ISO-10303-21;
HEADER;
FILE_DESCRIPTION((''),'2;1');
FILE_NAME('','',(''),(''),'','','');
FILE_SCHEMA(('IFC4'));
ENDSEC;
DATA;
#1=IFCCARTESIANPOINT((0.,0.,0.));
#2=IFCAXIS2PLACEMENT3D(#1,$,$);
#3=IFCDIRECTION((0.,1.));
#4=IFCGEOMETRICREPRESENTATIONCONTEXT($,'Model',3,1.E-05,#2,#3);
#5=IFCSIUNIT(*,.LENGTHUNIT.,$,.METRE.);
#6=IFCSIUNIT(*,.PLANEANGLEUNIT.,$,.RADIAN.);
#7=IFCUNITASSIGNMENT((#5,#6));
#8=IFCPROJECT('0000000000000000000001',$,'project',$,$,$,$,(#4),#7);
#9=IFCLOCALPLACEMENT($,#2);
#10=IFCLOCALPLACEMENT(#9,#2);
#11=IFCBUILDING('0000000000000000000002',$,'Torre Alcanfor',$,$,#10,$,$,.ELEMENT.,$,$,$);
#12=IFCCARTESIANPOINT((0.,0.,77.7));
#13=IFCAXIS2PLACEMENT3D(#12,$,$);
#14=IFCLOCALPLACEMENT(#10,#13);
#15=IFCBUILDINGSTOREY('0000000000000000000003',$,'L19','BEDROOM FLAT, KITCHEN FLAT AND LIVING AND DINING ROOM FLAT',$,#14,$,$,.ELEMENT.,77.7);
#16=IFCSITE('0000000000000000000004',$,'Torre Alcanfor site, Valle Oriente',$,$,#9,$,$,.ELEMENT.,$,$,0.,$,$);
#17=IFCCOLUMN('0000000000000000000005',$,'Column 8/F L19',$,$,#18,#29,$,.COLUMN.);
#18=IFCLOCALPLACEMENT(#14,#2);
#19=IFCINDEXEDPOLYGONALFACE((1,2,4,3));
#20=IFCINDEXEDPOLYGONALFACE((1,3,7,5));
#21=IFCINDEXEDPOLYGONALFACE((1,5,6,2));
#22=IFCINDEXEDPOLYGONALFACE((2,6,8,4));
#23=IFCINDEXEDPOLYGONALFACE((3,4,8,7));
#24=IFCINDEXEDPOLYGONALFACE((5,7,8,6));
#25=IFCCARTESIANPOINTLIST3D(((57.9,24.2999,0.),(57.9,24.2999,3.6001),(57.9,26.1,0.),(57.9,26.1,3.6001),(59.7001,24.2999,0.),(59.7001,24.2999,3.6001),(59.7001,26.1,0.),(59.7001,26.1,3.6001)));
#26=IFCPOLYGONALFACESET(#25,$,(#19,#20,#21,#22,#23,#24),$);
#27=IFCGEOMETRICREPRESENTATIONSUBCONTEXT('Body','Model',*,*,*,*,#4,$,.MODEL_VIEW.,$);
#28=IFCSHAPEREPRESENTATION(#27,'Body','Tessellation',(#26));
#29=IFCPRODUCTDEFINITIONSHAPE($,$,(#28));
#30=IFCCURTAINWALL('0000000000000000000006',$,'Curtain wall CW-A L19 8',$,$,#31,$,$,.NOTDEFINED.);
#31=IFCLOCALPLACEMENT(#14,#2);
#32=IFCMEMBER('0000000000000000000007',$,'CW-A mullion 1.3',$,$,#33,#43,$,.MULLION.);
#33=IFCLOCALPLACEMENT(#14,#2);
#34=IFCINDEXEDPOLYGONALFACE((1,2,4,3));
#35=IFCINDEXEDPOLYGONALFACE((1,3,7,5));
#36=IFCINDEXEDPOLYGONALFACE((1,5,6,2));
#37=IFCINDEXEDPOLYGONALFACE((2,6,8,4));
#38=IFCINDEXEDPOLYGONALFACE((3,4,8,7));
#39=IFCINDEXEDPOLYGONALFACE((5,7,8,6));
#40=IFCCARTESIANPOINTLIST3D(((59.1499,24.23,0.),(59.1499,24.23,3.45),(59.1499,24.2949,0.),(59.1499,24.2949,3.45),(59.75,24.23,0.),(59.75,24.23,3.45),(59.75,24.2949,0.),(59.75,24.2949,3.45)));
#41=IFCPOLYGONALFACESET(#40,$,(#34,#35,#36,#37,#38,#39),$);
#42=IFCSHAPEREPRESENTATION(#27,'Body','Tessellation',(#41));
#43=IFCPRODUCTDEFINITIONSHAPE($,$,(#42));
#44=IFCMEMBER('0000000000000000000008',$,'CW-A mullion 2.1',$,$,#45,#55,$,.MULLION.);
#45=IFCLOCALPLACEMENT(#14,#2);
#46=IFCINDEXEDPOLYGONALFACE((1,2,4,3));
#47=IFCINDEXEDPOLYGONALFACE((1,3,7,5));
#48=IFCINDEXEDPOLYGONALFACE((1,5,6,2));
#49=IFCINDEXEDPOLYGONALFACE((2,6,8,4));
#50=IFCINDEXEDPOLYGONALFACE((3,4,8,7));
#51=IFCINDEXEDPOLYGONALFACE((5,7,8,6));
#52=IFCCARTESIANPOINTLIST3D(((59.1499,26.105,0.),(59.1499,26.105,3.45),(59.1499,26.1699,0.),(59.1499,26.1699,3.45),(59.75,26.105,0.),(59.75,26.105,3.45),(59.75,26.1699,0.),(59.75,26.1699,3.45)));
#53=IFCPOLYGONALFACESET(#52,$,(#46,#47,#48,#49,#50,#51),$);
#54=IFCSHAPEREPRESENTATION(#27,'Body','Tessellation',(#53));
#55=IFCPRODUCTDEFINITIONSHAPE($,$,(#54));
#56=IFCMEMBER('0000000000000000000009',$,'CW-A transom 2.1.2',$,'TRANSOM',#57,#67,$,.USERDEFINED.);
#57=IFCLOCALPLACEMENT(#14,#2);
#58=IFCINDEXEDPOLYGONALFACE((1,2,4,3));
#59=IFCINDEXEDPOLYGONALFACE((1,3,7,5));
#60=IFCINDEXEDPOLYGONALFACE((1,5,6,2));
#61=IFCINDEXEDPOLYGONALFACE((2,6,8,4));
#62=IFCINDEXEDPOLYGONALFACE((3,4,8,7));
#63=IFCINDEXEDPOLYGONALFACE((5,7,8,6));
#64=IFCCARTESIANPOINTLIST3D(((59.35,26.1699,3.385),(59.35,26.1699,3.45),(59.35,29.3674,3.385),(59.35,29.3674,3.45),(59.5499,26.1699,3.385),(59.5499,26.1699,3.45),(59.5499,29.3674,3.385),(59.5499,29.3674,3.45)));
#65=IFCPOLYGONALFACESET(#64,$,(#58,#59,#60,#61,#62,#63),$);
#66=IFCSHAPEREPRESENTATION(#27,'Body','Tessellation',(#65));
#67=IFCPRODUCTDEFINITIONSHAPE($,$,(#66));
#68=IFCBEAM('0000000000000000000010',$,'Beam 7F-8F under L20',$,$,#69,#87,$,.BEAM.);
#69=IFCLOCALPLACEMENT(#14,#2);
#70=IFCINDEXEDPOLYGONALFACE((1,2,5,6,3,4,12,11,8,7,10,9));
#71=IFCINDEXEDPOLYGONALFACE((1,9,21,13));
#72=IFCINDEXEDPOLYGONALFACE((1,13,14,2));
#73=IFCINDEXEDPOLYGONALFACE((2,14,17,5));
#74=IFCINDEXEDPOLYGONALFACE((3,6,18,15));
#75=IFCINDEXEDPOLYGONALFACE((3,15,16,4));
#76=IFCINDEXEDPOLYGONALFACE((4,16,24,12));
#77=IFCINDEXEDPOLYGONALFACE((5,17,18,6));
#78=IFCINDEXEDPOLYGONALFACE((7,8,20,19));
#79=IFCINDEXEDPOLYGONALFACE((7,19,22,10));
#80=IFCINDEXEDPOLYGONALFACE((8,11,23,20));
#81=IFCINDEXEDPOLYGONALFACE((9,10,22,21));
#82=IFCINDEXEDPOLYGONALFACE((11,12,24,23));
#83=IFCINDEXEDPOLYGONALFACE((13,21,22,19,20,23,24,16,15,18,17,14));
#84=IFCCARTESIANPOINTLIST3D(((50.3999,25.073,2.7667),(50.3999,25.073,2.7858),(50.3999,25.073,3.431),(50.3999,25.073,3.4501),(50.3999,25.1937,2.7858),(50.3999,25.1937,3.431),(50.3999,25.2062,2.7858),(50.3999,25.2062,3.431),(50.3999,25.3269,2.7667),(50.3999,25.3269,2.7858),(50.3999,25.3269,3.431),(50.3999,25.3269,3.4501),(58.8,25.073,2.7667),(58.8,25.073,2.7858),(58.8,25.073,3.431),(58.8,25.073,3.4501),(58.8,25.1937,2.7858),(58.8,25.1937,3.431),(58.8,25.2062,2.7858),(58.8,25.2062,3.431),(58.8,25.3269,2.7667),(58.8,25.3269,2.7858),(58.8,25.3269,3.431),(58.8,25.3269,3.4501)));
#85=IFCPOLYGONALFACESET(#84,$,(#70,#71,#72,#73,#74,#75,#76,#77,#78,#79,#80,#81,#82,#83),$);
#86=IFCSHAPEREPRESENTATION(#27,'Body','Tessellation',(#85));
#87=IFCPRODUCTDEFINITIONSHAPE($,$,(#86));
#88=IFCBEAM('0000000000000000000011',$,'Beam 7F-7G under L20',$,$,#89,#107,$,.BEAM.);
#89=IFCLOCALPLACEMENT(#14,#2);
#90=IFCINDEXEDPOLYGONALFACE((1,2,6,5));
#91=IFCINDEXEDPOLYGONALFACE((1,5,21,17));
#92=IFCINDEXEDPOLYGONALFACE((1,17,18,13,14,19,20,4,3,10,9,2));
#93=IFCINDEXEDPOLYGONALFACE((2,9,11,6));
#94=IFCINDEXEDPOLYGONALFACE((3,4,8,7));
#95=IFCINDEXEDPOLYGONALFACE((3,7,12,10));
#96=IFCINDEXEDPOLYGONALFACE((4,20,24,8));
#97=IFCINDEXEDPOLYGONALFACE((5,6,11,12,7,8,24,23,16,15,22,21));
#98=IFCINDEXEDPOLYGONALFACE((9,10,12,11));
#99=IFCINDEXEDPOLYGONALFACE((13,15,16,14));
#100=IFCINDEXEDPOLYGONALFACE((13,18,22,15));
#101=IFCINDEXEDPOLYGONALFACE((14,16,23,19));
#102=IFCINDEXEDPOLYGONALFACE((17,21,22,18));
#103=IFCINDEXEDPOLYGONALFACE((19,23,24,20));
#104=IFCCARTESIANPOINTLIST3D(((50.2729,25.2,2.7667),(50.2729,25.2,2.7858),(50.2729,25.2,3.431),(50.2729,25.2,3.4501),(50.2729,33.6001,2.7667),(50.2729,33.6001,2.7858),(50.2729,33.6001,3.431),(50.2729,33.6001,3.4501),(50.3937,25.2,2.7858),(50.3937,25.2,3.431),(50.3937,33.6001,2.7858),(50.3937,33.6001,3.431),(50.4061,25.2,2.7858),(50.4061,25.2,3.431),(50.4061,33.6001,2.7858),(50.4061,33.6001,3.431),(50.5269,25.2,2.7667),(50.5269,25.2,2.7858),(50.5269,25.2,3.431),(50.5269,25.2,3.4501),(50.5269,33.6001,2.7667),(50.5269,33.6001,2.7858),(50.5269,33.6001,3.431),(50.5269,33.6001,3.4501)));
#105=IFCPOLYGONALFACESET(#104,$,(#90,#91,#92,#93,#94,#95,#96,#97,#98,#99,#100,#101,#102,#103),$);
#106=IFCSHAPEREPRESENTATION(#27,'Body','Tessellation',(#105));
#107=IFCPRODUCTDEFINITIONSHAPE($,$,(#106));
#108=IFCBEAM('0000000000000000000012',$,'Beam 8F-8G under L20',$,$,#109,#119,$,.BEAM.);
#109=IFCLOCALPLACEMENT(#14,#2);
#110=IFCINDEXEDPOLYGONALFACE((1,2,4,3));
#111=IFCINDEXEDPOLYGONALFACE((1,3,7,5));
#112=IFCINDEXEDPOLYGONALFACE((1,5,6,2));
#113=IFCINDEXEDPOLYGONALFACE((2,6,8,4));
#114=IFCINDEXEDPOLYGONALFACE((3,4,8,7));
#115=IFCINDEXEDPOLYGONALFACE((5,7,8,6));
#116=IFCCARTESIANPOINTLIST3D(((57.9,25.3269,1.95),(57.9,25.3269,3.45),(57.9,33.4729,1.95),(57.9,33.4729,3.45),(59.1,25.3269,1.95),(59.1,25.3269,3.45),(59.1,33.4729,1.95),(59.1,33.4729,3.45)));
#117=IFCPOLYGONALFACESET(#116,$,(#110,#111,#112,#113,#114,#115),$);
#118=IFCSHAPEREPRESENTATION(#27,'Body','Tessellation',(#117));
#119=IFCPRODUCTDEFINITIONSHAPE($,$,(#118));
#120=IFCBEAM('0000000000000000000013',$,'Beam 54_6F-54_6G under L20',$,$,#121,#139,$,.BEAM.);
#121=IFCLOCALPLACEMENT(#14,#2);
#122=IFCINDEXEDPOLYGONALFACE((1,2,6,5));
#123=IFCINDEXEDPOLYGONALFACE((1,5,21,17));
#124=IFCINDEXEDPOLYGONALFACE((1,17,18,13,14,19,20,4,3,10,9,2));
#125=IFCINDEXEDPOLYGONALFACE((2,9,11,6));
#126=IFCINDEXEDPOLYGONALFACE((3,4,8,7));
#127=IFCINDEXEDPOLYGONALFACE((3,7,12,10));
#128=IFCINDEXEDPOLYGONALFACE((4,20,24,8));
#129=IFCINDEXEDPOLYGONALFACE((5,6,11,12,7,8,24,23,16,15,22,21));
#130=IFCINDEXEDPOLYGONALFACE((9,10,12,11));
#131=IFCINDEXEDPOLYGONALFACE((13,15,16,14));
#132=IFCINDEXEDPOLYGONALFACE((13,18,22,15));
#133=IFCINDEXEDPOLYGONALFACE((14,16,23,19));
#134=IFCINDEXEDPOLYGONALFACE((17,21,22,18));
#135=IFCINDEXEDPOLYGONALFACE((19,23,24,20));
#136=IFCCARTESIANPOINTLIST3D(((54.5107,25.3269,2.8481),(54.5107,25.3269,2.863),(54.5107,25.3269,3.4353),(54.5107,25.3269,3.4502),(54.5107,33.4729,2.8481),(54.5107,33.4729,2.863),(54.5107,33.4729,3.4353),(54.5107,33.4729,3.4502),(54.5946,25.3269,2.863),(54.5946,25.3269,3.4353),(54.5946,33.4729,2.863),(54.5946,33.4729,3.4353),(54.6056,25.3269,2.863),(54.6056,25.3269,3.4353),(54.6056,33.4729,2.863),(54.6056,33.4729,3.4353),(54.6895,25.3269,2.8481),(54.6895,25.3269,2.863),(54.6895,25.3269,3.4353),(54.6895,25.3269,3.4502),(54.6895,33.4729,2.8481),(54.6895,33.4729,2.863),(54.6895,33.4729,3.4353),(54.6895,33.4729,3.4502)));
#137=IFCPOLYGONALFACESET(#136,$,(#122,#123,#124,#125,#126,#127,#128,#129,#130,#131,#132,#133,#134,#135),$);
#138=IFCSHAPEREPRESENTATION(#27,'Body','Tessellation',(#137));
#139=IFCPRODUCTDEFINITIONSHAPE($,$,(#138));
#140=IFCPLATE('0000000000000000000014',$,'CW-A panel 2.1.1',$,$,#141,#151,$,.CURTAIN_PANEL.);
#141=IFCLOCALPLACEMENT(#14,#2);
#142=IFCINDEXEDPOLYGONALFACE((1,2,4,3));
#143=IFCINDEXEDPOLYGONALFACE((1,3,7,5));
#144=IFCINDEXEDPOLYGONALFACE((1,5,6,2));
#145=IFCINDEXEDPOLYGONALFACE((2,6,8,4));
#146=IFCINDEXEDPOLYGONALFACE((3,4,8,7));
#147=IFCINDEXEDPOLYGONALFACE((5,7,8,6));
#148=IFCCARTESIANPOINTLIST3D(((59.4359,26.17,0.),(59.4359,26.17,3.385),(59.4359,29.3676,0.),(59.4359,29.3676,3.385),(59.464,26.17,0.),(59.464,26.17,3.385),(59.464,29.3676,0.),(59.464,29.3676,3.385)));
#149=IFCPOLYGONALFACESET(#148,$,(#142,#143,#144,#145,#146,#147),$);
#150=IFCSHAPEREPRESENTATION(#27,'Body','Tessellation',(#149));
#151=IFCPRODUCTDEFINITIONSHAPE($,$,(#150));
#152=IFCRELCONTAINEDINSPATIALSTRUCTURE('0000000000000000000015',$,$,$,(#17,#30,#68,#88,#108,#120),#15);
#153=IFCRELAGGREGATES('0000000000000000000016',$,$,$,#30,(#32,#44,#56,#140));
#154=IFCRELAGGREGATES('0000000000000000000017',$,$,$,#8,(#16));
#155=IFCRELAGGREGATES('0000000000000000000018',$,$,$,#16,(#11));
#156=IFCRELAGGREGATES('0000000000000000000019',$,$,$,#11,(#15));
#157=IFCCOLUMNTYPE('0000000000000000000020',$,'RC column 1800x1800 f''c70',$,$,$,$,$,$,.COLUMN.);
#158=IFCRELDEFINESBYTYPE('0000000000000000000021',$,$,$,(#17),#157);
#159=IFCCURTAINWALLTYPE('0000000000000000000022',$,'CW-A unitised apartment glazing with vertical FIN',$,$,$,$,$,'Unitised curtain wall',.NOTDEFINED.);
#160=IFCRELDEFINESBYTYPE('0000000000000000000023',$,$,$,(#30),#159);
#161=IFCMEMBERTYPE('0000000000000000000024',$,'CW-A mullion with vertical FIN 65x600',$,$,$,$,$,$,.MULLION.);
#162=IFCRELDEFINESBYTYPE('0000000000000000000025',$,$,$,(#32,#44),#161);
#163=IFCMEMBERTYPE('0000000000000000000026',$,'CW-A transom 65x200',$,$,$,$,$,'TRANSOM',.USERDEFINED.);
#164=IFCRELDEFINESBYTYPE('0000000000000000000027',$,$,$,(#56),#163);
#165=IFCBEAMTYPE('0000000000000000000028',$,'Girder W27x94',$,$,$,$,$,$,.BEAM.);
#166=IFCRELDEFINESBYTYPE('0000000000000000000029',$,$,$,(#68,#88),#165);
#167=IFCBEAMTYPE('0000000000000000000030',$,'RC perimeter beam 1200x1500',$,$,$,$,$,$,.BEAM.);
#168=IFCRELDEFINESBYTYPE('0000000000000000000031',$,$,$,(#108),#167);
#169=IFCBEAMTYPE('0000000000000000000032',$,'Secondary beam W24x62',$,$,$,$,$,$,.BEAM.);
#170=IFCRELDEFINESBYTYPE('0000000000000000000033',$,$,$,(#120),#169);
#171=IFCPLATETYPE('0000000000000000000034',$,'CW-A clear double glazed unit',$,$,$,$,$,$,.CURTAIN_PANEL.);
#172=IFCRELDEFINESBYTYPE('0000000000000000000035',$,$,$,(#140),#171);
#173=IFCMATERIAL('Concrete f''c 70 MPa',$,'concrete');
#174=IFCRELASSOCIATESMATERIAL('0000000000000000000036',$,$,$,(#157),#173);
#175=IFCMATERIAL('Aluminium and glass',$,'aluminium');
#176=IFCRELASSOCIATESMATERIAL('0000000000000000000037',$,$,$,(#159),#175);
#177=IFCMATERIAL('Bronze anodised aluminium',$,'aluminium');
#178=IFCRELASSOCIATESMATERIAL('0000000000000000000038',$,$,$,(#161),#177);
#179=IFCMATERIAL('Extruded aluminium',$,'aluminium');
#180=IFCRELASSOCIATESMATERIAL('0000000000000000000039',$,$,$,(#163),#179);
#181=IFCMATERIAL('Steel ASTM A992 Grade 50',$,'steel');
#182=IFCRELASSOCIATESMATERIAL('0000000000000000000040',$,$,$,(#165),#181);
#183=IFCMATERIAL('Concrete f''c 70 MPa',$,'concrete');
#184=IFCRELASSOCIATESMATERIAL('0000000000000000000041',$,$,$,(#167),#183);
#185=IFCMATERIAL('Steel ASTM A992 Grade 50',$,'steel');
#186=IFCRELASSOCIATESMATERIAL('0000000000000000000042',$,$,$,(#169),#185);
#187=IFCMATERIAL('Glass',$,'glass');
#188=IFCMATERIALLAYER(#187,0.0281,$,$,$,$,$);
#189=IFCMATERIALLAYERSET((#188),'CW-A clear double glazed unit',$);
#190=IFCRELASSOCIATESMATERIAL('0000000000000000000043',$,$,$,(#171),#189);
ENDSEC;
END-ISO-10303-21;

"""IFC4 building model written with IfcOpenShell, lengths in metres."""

from ifc_helpers import new_model, si_unit, direction, frame, origin, origin_2d, place, context, subcontext, project, spatial, rectangle, i_section, extrude, material, layer, layer_set, material_profile, profile_set, type_object, element, aggregate, save


model = new_model("IFC4")

# Units and contexts
model_context = context("Model", 3, precision=1e-05, world=origin(), true_north=direction((0.0, 1.0)))
body_context = subcontext(model_context, "Body", "Model", "MODEL_VIEW")
ifc_project = project(units=[si_unit("LENGTHUNIT", "METRE"), si_unit("PLANEANGLEUNIT", "RADIAN")], contexts=[model_context])

# Site, building, storey
site_placement = place(None, origin())
site = spatial("IfcSite", under=ifc_project, at=site_placement, Name="Torre Alcanfor site, Valle Oriente", CompositionType="ELEMENT", RefElevation=0.0)
building_placement = place(site_placement, origin())
building = spatial("IfcBuilding", under=site, at=building_placement, Name="Torre Alcanfor", CompositionType="ELEMENT")
storey_placement = place(building_placement, frame((0.0, 0.0, 77.7)))
storey = spatial("IfcBuildingStorey", under=building, at=storey_placement, Name="L19", Description="BEDROOM FLAT, KITCHEN FLAT AND LIVING AND DINING ROOM FLAT", CompositionType="ELEMENT", Elevation=77.7)

# Column
ifc_material_1 = material(Name="Concrete f'c 70 MPa", Category="concrete")
ifc_material_profile_1 = material_profile(ifc_material_1, rectangle(XDim=1.8, YDim=1.8, at=origin_2d()), Name="1800x1800")
ifc_profile_set_1 = profile_set([ifc_material_profile_1], Name="Concrete f'c 70 MPa")
column_type = type_object("IfcColumnType", Name="RC column 1800x1800 f'c70", PredefinedType="COLUMN", material=ifc_profile_set_1)
column_placement = place(storey_placement, frame((58.8, 25.2, 0.0), z_axis=(0.0, 0.0, 1.0), x_axis=(1.0, 0.0, 0.0)))
element("IfcColumn", 1, at=column_placement, inside=storey, type_object=column_type, Name="Column 8/F L19", PredefinedType="COLUMN", context=body_context, shape_type="SweptSolid", body=[
    extrude(rectangle(XDim=1.8, YDim=1.8, at=origin_2d()), origin(), (0.0, 0.0, 1.0), 3.6001),
])

# Curtain wall, members
ifc_material_2 = material(Name="Aluminium and glass", Category="aluminium")
curtain_wall_type = type_object("IfcCurtainWallType", Name="CW-A unitised apartment glazing with vertical FIN", ElementType="Unitised curtain wall", PredefinedType="NOTDEFINED", material=ifc_material_2)
curtain_wall_placement = place(storey_placement, origin())
curtain_wall = element("IfcCurtainWall", 2, at=curtain_wall_placement, inside=storey, type_object=curtain_wall_type, Name="Curtain wall CW-A L19 8", PredefinedType="NOTDEFINED")
ifc_material_3 = material(Name="Bronze anodised aluminium", Category="aluminium")
ifc_material_profile_2 = material_profile(ifc_material_3, rectangle(XDim=0.6001, YDim=0.0649, at=origin_2d()), Name="CW-A mullion 65x600")
ifc_profile_set_2 = profile_set([ifc_material_profile_2], Name="Bronze anodised aluminium")
member_type_1 = type_object("IfcMemberType", Name="CW-A mullion with vertical FIN 65x600", PredefinedType="MULLION", material=ifc_profile_set_2)
member_1_placement = place(storey_placement, frame((59.45, 24.2625, 0.0), z_axis=(0.0, 0.0, 1.0), x_axis=(-1.0, 0.0, 0.0)))
member_1 = element("IfcMember", 3, at=member_1_placement, type_object=member_type_1, Name="CW-A mullion 1.3", PredefinedType="MULLION", context=body_context, shape_type="SweptSolid", body=[
    extrude(rectangle(XDim=0.6001, YDim=0.0649, at=origin_2d()), origin(), (0.0, 0.0, 1.0), 3.45),
])
member_2_placement = place(storey_placement, frame((59.45, 26.1375, 0.0), z_axis=(0.0, 0.0, 1.0), x_axis=(-1.0, 0.0, 0.0)))
member_2 = element("IfcMember", 4, at=member_2_placement, type_object=member_type_1, Name="CW-A mullion 2.1", PredefinedType="MULLION", context=body_context, shape_type="SweptSolid", body=[
    extrude(rectangle(XDim=0.6001, YDim=0.0649, at=origin_2d()), origin(), (0.0, 0.0, 1.0), 3.45),
])
ifc_material_4 = material(Name="Extruded aluminium", Category="aluminium")
ifc_material_profile_3 = material_profile(ifc_material_4, rectangle(XDim=0.2, YDim=0.0649, at=origin_2d()), Name="CW-A transom 200x65")
ifc_profile_set_3 = profile_set([ifc_material_profile_3], Name="Extruded aluminium")
member_type_2 = type_object("IfcMemberType", Name="CW-A transom 65x200", ElementType="TRANSOM", PredefinedType="USERDEFINED", material=ifc_profile_set_3)
member_3_placement = place(storey_placement, frame((59.45, 26.1699, 3.4175), z_axis=(0.0, 1.0, 0.0), x_axis=(-1.0, 0.0, 0.0)))
member_3 = element("IfcMember", 5, at=member_3_placement, type_object=member_type_2, Name="CW-A transom 2.1.2", ObjectType="TRANSOM", PredefinedType="USERDEFINED", context=body_context, shape_type="SweptSolid", body=[
    extrude(rectangle(XDim=0.2, YDim=0.0649, at=origin_2d()), origin(), (0.0, 0.0, 1.0), 3.1975),
])

# Beams
ifc_material_5 = material(Name="Steel ASTM A992 Grade 50", Category="steel")
ifc_material_profile_4 = material_profile(ifc_material_5, i_section(OverallWidth=0.2539, OverallDepth=0.6833, WebThickness=0.0125, FlangeThickness=0.019, at=origin_2d()), Name="W27x94")
ifc_profile_set_4 = profile_set([ifc_material_profile_4], Name="Steel ASTM A992 Grade 50")
beam_type_1 = type_object("IfcBeamType", Name="Girder W27x94", PredefinedType="BEAM", material=ifc_profile_set_4)
for number, where, z_axis, x_axis, name in (
    (6, (50.3999, 25.2, 3.1084), (1.0, 0.0, 0.0), (0.0, 1.0, 0.0), "Beam 7F-8F under L20"),
    (7, (50.3999, 25.2, 3.1084), (0.0, 1.0, 0.0), (-1.0, 0.0, 0.0), "Beam 7F-7G under L20"),
):
    element("IfcBeam", number, at=place(storey_placement, frame(where, z_axis=z_axis, x_axis=x_axis)), inside=storey, type_object=beam_type_1, Name=name, PredefinedType="BEAM", context=body_context, shape_type="SweptSolid", body=[
        extrude(i_section(OverallWidth=0.2539, OverallDepth=0.6833, WebThickness=0.0125, FlangeThickness=0.019, at=origin_2d()), origin(), (0.0, 0.0, 1.0), 8.4001),
    ])
ifc_material_6 = material(Name="Concrete f'c 70 MPa", Category="concrete")
ifc_material_profile_5 = material_profile(ifc_material_6, rectangle(XDim=1.2, YDim=1.5, at=origin_2d()), Name="1200x1500")
ifc_profile_set_5 = profile_set([ifc_material_profile_5], Name="Concrete f'c 70 MPa")
beam_type_2 = type_object("IfcBeamType", Name="RC perimeter beam 1200x1500", PredefinedType="BEAM", material=ifc_profile_set_5)
beam_1_placement = place(storey_placement, frame((58.5, 25.3269, 2.7), z_axis=(0.0, 1.0, 0.0), x_axis=(-1.0, 0.0, 0.0)))
element("IfcBeam", 8, at=beam_1_placement, inside=storey, type_object=beam_type_2, Name="Beam 8F-8G under L20", PredefinedType="BEAM", context=body_context, shape_type="SweptSolid", body=[
    extrude(rectangle(XDim=1.2, YDim=1.5, at=origin_2d()), origin(), (0.0, 0.0, 1.0), 8.146),
])
ifc_material_7 = material(Name="Steel ASTM A992 Grade 50", Category="steel")
ifc_material_profile_6 = material_profile(ifc_material_7, i_section(OverallWidth=0.1787, OverallDepth=0.6021, WebThickness=0.011, FlangeThickness=0.0149, at=origin_2d()), Name="W24x62")
ifc_profile_set_6 = profile_set([ifc_material_profile_6], Name="Steel ASTM A992 Grade 50")
beam_type_3 = type_object("IfcBeamType", Name="Secondary beam W24x62", PredefinedType="BEAM", material=ifc_profile_set_6)
beam_2_placement = place(storey_placement, frame((54.6001, 25.3269, 3.1492), z_axis=(0.0, 1.0, 0.0), x_axis=(-1.0, 0.0, 0.0)))
element("IfcBeam", 9, at=beam_2_placement, inside=storey, type_object=beam_type_3, Name="Beam 54_6F-54_6G under L20", PredefinedType="BEAM", context=body_context, shape_type="SweptSolid", body=[
    extrude(i_section(OverallWidth=0.1787, OverallDepth=0.6021, WebThickness=0.011, FlangeThickness=0.0149, at=origin_2d()), origin(), (0.0, 0.0, 1.0), 8.146),
])

# Plate
ifc_material_8 = material(Name="Glass", Category="glass")
ifc_layer_1 = layer(ifc_material_8, 0.0281)
ifc_layer_set_1 = layer_set([ifc_layer_1], Name="CW-A clear double glazed unit")
plate_type = type_object("IfcPlateType", Name="CW-A clear double glazed unit", PredefinedType="CURTAIN_PANEL", material=ifc_layer_set_1)
plate_placement = place(storey_placement, frame((59.45, 27.7688, 0.0), z_axis=(0.0, 0.0, 1.0), x_axis=(0.0, 1.0, 0.0)))
plate = element("IfcPlate", 10, at=plate_placement, type_object=plate_type, Name="CW-A panel 2.1.1", PredefinedType="CURTAIN_PANEL", context=body_context, shape_type="SweptSolid", body=[
    extrude(rectangle(XDim=3.1975, YDim=0.0281, at=origin_2d()), origin(), (0.0, 0.0, 1.0), 3.385),
])
aggregate(curtain_wall, [member_1, member_2, member_3, plate])

save(model, "model.ifc")
